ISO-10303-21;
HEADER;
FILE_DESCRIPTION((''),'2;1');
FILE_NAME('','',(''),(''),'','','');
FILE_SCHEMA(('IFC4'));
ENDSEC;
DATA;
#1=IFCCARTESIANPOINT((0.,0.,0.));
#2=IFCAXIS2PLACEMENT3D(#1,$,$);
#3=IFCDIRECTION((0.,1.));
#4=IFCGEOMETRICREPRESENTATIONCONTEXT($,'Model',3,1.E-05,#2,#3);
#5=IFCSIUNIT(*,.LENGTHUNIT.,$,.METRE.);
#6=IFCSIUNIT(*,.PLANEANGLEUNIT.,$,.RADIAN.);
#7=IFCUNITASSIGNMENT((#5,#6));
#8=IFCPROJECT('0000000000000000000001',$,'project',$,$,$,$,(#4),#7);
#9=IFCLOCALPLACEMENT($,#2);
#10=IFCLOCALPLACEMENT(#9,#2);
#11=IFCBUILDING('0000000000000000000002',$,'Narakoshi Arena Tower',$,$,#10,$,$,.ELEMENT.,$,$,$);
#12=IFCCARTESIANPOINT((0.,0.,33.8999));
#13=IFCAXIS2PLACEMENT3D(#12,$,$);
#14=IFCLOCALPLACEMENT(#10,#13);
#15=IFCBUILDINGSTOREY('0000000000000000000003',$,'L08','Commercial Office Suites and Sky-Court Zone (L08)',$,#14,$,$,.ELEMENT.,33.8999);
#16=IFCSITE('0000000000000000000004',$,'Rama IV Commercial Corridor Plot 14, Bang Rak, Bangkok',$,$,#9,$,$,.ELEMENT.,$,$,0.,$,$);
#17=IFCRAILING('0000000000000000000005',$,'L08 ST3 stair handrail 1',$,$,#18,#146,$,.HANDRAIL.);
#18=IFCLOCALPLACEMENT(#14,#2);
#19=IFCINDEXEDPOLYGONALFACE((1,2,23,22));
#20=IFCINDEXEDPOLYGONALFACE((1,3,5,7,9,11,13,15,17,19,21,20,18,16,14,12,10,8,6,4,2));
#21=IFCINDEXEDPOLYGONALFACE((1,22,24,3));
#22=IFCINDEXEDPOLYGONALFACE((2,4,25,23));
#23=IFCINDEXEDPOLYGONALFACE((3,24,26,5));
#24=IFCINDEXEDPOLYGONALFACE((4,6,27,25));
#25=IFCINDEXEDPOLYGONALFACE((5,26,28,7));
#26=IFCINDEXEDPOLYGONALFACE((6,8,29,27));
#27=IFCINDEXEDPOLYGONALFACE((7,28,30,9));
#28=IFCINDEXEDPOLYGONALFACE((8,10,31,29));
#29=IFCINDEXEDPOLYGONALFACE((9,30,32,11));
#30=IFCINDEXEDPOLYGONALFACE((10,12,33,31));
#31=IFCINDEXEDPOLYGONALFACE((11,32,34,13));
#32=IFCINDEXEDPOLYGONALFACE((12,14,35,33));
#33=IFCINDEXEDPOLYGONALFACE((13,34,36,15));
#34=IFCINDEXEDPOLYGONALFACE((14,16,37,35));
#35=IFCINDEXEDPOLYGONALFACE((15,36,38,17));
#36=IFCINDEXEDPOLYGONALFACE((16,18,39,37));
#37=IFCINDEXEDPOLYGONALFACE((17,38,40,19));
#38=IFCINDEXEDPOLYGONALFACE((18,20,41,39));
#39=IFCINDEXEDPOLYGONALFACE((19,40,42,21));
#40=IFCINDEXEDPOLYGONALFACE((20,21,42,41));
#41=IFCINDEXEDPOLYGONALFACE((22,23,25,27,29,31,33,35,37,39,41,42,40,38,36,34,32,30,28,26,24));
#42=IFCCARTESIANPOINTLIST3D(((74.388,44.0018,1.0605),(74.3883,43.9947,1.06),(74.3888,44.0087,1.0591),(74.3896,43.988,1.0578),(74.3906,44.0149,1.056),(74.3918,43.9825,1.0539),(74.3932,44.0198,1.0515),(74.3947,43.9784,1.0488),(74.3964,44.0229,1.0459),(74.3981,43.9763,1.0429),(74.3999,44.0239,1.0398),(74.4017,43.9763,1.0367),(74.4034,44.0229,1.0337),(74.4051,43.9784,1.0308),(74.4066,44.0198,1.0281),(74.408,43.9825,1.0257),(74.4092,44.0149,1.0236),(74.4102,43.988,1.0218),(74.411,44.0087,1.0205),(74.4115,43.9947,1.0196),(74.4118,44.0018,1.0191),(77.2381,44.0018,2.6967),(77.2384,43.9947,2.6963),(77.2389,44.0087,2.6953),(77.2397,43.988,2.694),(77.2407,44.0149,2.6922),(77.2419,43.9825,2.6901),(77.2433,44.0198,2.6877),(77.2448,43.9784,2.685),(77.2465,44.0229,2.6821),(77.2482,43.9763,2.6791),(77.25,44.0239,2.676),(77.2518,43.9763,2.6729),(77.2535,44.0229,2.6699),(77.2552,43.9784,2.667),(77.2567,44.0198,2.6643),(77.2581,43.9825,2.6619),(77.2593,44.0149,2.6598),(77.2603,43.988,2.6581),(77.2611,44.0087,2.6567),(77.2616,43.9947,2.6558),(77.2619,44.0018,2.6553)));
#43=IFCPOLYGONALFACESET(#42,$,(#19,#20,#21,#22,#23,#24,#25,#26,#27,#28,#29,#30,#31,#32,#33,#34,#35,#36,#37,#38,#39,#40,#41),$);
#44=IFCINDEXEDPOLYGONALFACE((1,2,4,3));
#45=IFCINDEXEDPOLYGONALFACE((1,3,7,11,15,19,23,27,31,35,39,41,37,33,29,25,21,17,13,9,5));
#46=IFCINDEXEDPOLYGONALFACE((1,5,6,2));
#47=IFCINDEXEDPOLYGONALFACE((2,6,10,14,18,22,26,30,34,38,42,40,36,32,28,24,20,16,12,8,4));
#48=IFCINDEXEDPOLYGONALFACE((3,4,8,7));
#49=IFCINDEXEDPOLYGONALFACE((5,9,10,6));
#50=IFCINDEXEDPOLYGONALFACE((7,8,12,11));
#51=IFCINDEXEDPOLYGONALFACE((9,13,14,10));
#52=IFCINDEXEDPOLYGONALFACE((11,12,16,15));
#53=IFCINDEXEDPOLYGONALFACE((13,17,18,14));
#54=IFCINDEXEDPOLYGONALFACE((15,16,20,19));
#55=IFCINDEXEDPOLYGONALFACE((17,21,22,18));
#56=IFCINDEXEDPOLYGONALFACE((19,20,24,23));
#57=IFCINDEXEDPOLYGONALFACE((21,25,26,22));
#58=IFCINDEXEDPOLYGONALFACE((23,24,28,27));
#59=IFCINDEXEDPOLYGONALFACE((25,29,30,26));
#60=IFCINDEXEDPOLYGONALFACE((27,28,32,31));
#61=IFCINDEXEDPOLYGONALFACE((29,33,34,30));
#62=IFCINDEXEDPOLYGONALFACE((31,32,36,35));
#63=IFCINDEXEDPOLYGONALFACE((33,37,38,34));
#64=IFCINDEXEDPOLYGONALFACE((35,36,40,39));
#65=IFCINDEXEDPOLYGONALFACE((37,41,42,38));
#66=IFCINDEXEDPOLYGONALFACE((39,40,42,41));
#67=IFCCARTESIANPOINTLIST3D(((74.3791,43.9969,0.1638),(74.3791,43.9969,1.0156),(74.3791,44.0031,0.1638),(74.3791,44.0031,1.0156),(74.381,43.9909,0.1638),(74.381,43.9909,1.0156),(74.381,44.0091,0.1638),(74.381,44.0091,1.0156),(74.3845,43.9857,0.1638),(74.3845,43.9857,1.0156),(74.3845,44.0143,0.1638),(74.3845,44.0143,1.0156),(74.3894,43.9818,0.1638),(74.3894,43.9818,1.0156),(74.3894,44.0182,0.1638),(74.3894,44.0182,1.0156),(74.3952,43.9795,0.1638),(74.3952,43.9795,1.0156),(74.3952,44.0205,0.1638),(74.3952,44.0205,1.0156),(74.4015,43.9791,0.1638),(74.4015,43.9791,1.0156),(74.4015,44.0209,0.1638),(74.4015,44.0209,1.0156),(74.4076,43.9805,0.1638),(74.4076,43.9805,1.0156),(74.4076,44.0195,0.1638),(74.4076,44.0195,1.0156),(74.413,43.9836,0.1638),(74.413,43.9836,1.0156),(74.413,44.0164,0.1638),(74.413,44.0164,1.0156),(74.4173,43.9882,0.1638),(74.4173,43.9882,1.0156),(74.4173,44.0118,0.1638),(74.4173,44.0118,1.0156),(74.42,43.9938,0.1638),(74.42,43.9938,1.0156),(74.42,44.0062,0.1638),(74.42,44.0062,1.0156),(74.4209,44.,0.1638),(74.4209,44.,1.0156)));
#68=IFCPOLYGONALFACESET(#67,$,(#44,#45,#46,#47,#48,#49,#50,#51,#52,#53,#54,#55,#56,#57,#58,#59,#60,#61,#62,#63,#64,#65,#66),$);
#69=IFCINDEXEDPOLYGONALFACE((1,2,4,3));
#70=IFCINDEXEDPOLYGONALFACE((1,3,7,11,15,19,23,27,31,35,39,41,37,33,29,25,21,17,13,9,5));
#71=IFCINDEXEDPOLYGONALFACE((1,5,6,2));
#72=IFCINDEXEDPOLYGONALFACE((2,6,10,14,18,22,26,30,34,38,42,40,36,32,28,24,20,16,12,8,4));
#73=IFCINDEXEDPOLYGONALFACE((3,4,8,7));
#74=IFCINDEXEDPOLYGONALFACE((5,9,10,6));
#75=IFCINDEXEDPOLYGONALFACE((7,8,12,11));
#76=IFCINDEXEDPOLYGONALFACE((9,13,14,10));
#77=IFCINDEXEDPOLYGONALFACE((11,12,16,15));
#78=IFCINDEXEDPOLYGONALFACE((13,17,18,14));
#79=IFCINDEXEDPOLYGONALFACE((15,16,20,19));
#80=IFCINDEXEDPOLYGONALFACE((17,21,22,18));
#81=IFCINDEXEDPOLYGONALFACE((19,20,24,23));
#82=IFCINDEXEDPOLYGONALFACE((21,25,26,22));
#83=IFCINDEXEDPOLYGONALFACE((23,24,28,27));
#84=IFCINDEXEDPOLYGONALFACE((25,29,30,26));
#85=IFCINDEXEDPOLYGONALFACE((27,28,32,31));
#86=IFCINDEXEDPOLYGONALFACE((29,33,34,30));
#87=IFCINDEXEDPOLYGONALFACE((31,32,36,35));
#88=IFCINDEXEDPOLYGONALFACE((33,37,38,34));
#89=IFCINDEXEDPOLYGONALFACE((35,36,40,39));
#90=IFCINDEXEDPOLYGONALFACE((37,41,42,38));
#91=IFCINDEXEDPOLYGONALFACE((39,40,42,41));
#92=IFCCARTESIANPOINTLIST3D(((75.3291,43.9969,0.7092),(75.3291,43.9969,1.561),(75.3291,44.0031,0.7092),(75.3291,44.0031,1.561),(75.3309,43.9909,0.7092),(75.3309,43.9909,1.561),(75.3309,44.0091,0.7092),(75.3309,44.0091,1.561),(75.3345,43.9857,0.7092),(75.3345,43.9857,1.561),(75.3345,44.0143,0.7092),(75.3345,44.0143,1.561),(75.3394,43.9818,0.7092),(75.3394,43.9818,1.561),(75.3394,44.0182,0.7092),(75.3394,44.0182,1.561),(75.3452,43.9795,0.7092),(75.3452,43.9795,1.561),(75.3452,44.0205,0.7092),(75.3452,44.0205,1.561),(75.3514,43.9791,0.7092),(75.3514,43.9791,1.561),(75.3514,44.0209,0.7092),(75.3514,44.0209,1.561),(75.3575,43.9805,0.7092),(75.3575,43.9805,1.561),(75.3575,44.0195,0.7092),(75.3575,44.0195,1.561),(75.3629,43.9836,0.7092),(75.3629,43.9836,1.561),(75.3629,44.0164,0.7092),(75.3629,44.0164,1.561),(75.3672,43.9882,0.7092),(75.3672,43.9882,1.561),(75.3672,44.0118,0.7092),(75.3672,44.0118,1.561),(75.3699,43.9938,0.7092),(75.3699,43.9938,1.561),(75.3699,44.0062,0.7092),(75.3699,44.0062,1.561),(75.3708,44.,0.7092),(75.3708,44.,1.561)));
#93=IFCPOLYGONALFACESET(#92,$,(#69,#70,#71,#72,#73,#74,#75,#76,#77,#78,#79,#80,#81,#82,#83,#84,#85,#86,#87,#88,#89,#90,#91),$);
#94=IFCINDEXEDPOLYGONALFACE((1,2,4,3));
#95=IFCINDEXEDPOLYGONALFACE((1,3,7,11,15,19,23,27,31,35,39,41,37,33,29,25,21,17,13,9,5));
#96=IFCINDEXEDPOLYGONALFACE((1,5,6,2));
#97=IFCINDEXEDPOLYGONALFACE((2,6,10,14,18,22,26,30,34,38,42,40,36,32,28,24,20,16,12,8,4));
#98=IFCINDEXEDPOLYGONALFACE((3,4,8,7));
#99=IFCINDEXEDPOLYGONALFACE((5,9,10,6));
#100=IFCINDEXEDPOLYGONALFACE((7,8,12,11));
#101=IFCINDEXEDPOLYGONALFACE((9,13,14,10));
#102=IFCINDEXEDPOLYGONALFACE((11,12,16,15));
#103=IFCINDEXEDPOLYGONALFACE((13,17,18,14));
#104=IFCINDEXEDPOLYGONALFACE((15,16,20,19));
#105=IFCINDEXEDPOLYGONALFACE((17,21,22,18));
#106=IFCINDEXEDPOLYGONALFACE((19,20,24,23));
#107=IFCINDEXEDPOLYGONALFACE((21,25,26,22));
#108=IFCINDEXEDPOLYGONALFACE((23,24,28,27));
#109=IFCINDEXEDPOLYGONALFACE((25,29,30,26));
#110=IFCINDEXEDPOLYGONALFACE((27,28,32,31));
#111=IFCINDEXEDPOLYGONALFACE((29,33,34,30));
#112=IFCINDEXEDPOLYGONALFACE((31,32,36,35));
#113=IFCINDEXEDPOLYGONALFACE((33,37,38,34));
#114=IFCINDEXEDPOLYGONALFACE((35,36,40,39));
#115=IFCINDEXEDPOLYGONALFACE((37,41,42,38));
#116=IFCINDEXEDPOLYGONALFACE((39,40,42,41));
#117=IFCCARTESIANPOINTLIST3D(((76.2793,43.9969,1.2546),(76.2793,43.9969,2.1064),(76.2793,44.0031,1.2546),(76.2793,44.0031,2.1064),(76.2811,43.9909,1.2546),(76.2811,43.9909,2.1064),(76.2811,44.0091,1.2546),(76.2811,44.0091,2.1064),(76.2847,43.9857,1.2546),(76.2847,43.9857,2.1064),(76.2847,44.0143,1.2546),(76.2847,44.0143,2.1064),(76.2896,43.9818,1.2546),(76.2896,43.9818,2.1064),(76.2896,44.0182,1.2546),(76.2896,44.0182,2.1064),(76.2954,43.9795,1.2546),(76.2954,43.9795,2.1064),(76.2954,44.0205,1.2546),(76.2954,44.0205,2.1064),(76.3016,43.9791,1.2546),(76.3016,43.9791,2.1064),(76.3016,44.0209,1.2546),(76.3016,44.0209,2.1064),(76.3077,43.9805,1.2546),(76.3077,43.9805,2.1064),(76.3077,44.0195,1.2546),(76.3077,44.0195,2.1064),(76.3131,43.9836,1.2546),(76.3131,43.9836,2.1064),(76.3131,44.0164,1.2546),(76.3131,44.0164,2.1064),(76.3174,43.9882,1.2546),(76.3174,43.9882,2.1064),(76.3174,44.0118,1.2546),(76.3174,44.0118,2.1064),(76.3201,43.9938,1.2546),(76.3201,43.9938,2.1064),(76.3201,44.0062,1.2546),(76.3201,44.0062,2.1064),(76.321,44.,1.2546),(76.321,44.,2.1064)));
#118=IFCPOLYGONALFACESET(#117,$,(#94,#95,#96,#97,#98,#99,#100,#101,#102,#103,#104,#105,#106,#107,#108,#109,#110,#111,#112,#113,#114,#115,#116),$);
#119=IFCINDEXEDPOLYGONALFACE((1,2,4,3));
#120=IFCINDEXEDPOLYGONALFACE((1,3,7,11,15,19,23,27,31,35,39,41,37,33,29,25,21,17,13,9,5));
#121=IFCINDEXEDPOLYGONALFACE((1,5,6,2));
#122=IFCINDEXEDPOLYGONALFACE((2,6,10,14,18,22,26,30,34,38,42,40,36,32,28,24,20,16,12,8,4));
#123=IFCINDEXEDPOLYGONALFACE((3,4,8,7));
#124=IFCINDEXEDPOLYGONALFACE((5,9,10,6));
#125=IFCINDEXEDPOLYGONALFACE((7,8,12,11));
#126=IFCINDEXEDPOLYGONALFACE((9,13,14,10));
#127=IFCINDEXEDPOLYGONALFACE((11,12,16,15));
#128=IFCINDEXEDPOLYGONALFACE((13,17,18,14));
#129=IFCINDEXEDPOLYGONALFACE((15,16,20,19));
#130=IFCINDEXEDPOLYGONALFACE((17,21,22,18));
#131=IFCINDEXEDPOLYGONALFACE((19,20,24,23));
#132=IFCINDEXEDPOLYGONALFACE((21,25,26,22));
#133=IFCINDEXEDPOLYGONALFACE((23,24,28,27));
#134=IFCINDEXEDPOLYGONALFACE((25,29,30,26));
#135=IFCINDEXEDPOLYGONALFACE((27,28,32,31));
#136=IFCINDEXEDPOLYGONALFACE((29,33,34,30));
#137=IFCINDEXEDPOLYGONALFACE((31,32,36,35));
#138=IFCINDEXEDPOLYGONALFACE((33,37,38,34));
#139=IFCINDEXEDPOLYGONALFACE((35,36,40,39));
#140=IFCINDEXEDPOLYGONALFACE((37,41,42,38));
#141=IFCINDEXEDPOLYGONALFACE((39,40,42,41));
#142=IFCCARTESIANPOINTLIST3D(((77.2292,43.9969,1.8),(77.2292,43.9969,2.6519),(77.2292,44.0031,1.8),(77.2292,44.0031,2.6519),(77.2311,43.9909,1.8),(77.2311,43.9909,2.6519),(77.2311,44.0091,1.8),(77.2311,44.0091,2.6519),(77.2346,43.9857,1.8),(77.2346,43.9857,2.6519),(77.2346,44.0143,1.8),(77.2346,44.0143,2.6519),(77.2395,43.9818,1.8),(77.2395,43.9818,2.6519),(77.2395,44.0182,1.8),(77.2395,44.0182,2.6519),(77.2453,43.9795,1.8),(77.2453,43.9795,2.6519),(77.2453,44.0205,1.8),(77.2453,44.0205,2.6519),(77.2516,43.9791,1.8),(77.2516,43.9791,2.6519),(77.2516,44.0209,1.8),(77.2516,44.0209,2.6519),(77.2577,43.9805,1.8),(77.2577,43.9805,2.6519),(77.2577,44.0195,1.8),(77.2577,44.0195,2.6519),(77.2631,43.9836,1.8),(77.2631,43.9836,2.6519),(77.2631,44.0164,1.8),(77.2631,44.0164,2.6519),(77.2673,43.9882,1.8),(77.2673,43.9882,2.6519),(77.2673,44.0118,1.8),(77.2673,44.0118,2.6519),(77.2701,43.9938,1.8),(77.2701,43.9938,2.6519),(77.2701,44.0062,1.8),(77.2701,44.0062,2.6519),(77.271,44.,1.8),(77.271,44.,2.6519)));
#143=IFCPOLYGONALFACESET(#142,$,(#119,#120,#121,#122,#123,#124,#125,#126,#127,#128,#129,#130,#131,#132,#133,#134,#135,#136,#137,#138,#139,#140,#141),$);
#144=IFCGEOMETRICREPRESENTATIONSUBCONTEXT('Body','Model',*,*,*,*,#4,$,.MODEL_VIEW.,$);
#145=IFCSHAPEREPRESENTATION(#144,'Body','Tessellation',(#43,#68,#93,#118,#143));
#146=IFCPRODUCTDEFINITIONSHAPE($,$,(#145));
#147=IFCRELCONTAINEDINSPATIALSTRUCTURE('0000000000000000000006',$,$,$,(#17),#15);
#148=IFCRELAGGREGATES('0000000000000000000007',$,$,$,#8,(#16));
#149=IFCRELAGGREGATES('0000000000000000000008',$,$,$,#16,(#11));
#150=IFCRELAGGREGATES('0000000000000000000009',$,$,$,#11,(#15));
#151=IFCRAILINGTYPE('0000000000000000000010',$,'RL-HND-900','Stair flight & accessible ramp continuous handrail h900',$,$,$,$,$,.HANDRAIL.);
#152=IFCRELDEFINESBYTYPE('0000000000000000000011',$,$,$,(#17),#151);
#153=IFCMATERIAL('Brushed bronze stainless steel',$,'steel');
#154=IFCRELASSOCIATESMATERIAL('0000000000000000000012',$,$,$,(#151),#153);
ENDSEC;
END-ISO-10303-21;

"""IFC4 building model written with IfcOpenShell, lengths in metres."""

from ifc_helpers import new_model, si_unit, direction, frame, origin, origin_2d, place, context, subcontext, project, spatial, circle, extrude, material, type_object, element, save


model = new_model("IFC4")

# Units and contexts
model_context = context("Model", 3, precision=1e-05, world=origin(), true_north=direction((0.0, 1.0)))
body_context = subcontext(model_context, "Body", "Model", "MODEL_VIEW")
ifc_project = project(units=[si_unit("LENGTHUNIT", "METRE"), si_unit("PLANEANGLEUNIT", "RADIAN")], contexts=[model_context])

# Site, building, storey
site_placement = place(None, origin())
site = spatial("IfcSite", under=ifc_project, at=site_placement, Name="Rama IV Commercial Corridor Plot 14, Bang Rak, Bangkok", CompositionType="ELEMENT", RefElevation=0.0)
building_placement = place(site_placement, origin())
building = spatial("IfcBuilding", under=site, at=building_placement, Name="Narakoshi Arena Tower", CompositionType="ELEMENT")
storey_placement = place(building_placement, frame((0.0, 0.0, 33.8999)))
storey = spatial("IfcBuildingStorey", under=building, at=storey_placement, Name="L08", Description="Commercial Office Suites and Sky-Court Zone (L08)", CompositionType="ELEMENT", Elevation=33.8999)

# Shared definitions
ifc_material_1 = material(Name="Brushed bronze stainless steel", Category="steel")

# Railing
railing_type_1 = type_object("IfcRailingType", Name="RL-HND-900", Description="Stair flight & accessible ramp continuous handrail h900", PredefinedType="HANDRAIL", material=ifc_material_1)
railing_1_placement = place(storey_placement, frame((74.3999, 44.0, 0.1638)))
element("IfcRailing", 1, at=railing_1_placement, inside=storey, type_object=railing_type_1, Name="L08 ST3 stair handrail 1", PredefinedType="HANDRAIL", context=body_context, shape_type="SweptSolid", body=[
    extrude(circle(Radius=0.0239, at=origin_2d()), frame((0.0, 0.0, 0.876), z_axis=(0.867245, 0.0, 0.497882), x_axis=(0.0, 1.0, 0.0)), (0.0, 0.0, 1.0), 3.2864),
    extrude(circle(Radius=0.021, at=origin_2d()), origin(), (0.0, 0.0, 1.0), 0.8518),
    extrude(circle(Radius=0.021, at=origin_2d()), frame((0.95, 0.0, 0.5454)), (0.0, 0.0, 1.0), 0.8518),
    extrude(circle(Radius=0.021, at=origin_2d()), frame((1.9001, 0.0, 1.0908)), (0.0, 0.0, 1.0), 0.8518),
    extrude(circle(Radius=0.021, at=origin_2d()), frame((2.8501, 0.0, 1.6362)), (0.0, 0.0, 1.0), 0.8518),
])

save(model, "model.ifc")
